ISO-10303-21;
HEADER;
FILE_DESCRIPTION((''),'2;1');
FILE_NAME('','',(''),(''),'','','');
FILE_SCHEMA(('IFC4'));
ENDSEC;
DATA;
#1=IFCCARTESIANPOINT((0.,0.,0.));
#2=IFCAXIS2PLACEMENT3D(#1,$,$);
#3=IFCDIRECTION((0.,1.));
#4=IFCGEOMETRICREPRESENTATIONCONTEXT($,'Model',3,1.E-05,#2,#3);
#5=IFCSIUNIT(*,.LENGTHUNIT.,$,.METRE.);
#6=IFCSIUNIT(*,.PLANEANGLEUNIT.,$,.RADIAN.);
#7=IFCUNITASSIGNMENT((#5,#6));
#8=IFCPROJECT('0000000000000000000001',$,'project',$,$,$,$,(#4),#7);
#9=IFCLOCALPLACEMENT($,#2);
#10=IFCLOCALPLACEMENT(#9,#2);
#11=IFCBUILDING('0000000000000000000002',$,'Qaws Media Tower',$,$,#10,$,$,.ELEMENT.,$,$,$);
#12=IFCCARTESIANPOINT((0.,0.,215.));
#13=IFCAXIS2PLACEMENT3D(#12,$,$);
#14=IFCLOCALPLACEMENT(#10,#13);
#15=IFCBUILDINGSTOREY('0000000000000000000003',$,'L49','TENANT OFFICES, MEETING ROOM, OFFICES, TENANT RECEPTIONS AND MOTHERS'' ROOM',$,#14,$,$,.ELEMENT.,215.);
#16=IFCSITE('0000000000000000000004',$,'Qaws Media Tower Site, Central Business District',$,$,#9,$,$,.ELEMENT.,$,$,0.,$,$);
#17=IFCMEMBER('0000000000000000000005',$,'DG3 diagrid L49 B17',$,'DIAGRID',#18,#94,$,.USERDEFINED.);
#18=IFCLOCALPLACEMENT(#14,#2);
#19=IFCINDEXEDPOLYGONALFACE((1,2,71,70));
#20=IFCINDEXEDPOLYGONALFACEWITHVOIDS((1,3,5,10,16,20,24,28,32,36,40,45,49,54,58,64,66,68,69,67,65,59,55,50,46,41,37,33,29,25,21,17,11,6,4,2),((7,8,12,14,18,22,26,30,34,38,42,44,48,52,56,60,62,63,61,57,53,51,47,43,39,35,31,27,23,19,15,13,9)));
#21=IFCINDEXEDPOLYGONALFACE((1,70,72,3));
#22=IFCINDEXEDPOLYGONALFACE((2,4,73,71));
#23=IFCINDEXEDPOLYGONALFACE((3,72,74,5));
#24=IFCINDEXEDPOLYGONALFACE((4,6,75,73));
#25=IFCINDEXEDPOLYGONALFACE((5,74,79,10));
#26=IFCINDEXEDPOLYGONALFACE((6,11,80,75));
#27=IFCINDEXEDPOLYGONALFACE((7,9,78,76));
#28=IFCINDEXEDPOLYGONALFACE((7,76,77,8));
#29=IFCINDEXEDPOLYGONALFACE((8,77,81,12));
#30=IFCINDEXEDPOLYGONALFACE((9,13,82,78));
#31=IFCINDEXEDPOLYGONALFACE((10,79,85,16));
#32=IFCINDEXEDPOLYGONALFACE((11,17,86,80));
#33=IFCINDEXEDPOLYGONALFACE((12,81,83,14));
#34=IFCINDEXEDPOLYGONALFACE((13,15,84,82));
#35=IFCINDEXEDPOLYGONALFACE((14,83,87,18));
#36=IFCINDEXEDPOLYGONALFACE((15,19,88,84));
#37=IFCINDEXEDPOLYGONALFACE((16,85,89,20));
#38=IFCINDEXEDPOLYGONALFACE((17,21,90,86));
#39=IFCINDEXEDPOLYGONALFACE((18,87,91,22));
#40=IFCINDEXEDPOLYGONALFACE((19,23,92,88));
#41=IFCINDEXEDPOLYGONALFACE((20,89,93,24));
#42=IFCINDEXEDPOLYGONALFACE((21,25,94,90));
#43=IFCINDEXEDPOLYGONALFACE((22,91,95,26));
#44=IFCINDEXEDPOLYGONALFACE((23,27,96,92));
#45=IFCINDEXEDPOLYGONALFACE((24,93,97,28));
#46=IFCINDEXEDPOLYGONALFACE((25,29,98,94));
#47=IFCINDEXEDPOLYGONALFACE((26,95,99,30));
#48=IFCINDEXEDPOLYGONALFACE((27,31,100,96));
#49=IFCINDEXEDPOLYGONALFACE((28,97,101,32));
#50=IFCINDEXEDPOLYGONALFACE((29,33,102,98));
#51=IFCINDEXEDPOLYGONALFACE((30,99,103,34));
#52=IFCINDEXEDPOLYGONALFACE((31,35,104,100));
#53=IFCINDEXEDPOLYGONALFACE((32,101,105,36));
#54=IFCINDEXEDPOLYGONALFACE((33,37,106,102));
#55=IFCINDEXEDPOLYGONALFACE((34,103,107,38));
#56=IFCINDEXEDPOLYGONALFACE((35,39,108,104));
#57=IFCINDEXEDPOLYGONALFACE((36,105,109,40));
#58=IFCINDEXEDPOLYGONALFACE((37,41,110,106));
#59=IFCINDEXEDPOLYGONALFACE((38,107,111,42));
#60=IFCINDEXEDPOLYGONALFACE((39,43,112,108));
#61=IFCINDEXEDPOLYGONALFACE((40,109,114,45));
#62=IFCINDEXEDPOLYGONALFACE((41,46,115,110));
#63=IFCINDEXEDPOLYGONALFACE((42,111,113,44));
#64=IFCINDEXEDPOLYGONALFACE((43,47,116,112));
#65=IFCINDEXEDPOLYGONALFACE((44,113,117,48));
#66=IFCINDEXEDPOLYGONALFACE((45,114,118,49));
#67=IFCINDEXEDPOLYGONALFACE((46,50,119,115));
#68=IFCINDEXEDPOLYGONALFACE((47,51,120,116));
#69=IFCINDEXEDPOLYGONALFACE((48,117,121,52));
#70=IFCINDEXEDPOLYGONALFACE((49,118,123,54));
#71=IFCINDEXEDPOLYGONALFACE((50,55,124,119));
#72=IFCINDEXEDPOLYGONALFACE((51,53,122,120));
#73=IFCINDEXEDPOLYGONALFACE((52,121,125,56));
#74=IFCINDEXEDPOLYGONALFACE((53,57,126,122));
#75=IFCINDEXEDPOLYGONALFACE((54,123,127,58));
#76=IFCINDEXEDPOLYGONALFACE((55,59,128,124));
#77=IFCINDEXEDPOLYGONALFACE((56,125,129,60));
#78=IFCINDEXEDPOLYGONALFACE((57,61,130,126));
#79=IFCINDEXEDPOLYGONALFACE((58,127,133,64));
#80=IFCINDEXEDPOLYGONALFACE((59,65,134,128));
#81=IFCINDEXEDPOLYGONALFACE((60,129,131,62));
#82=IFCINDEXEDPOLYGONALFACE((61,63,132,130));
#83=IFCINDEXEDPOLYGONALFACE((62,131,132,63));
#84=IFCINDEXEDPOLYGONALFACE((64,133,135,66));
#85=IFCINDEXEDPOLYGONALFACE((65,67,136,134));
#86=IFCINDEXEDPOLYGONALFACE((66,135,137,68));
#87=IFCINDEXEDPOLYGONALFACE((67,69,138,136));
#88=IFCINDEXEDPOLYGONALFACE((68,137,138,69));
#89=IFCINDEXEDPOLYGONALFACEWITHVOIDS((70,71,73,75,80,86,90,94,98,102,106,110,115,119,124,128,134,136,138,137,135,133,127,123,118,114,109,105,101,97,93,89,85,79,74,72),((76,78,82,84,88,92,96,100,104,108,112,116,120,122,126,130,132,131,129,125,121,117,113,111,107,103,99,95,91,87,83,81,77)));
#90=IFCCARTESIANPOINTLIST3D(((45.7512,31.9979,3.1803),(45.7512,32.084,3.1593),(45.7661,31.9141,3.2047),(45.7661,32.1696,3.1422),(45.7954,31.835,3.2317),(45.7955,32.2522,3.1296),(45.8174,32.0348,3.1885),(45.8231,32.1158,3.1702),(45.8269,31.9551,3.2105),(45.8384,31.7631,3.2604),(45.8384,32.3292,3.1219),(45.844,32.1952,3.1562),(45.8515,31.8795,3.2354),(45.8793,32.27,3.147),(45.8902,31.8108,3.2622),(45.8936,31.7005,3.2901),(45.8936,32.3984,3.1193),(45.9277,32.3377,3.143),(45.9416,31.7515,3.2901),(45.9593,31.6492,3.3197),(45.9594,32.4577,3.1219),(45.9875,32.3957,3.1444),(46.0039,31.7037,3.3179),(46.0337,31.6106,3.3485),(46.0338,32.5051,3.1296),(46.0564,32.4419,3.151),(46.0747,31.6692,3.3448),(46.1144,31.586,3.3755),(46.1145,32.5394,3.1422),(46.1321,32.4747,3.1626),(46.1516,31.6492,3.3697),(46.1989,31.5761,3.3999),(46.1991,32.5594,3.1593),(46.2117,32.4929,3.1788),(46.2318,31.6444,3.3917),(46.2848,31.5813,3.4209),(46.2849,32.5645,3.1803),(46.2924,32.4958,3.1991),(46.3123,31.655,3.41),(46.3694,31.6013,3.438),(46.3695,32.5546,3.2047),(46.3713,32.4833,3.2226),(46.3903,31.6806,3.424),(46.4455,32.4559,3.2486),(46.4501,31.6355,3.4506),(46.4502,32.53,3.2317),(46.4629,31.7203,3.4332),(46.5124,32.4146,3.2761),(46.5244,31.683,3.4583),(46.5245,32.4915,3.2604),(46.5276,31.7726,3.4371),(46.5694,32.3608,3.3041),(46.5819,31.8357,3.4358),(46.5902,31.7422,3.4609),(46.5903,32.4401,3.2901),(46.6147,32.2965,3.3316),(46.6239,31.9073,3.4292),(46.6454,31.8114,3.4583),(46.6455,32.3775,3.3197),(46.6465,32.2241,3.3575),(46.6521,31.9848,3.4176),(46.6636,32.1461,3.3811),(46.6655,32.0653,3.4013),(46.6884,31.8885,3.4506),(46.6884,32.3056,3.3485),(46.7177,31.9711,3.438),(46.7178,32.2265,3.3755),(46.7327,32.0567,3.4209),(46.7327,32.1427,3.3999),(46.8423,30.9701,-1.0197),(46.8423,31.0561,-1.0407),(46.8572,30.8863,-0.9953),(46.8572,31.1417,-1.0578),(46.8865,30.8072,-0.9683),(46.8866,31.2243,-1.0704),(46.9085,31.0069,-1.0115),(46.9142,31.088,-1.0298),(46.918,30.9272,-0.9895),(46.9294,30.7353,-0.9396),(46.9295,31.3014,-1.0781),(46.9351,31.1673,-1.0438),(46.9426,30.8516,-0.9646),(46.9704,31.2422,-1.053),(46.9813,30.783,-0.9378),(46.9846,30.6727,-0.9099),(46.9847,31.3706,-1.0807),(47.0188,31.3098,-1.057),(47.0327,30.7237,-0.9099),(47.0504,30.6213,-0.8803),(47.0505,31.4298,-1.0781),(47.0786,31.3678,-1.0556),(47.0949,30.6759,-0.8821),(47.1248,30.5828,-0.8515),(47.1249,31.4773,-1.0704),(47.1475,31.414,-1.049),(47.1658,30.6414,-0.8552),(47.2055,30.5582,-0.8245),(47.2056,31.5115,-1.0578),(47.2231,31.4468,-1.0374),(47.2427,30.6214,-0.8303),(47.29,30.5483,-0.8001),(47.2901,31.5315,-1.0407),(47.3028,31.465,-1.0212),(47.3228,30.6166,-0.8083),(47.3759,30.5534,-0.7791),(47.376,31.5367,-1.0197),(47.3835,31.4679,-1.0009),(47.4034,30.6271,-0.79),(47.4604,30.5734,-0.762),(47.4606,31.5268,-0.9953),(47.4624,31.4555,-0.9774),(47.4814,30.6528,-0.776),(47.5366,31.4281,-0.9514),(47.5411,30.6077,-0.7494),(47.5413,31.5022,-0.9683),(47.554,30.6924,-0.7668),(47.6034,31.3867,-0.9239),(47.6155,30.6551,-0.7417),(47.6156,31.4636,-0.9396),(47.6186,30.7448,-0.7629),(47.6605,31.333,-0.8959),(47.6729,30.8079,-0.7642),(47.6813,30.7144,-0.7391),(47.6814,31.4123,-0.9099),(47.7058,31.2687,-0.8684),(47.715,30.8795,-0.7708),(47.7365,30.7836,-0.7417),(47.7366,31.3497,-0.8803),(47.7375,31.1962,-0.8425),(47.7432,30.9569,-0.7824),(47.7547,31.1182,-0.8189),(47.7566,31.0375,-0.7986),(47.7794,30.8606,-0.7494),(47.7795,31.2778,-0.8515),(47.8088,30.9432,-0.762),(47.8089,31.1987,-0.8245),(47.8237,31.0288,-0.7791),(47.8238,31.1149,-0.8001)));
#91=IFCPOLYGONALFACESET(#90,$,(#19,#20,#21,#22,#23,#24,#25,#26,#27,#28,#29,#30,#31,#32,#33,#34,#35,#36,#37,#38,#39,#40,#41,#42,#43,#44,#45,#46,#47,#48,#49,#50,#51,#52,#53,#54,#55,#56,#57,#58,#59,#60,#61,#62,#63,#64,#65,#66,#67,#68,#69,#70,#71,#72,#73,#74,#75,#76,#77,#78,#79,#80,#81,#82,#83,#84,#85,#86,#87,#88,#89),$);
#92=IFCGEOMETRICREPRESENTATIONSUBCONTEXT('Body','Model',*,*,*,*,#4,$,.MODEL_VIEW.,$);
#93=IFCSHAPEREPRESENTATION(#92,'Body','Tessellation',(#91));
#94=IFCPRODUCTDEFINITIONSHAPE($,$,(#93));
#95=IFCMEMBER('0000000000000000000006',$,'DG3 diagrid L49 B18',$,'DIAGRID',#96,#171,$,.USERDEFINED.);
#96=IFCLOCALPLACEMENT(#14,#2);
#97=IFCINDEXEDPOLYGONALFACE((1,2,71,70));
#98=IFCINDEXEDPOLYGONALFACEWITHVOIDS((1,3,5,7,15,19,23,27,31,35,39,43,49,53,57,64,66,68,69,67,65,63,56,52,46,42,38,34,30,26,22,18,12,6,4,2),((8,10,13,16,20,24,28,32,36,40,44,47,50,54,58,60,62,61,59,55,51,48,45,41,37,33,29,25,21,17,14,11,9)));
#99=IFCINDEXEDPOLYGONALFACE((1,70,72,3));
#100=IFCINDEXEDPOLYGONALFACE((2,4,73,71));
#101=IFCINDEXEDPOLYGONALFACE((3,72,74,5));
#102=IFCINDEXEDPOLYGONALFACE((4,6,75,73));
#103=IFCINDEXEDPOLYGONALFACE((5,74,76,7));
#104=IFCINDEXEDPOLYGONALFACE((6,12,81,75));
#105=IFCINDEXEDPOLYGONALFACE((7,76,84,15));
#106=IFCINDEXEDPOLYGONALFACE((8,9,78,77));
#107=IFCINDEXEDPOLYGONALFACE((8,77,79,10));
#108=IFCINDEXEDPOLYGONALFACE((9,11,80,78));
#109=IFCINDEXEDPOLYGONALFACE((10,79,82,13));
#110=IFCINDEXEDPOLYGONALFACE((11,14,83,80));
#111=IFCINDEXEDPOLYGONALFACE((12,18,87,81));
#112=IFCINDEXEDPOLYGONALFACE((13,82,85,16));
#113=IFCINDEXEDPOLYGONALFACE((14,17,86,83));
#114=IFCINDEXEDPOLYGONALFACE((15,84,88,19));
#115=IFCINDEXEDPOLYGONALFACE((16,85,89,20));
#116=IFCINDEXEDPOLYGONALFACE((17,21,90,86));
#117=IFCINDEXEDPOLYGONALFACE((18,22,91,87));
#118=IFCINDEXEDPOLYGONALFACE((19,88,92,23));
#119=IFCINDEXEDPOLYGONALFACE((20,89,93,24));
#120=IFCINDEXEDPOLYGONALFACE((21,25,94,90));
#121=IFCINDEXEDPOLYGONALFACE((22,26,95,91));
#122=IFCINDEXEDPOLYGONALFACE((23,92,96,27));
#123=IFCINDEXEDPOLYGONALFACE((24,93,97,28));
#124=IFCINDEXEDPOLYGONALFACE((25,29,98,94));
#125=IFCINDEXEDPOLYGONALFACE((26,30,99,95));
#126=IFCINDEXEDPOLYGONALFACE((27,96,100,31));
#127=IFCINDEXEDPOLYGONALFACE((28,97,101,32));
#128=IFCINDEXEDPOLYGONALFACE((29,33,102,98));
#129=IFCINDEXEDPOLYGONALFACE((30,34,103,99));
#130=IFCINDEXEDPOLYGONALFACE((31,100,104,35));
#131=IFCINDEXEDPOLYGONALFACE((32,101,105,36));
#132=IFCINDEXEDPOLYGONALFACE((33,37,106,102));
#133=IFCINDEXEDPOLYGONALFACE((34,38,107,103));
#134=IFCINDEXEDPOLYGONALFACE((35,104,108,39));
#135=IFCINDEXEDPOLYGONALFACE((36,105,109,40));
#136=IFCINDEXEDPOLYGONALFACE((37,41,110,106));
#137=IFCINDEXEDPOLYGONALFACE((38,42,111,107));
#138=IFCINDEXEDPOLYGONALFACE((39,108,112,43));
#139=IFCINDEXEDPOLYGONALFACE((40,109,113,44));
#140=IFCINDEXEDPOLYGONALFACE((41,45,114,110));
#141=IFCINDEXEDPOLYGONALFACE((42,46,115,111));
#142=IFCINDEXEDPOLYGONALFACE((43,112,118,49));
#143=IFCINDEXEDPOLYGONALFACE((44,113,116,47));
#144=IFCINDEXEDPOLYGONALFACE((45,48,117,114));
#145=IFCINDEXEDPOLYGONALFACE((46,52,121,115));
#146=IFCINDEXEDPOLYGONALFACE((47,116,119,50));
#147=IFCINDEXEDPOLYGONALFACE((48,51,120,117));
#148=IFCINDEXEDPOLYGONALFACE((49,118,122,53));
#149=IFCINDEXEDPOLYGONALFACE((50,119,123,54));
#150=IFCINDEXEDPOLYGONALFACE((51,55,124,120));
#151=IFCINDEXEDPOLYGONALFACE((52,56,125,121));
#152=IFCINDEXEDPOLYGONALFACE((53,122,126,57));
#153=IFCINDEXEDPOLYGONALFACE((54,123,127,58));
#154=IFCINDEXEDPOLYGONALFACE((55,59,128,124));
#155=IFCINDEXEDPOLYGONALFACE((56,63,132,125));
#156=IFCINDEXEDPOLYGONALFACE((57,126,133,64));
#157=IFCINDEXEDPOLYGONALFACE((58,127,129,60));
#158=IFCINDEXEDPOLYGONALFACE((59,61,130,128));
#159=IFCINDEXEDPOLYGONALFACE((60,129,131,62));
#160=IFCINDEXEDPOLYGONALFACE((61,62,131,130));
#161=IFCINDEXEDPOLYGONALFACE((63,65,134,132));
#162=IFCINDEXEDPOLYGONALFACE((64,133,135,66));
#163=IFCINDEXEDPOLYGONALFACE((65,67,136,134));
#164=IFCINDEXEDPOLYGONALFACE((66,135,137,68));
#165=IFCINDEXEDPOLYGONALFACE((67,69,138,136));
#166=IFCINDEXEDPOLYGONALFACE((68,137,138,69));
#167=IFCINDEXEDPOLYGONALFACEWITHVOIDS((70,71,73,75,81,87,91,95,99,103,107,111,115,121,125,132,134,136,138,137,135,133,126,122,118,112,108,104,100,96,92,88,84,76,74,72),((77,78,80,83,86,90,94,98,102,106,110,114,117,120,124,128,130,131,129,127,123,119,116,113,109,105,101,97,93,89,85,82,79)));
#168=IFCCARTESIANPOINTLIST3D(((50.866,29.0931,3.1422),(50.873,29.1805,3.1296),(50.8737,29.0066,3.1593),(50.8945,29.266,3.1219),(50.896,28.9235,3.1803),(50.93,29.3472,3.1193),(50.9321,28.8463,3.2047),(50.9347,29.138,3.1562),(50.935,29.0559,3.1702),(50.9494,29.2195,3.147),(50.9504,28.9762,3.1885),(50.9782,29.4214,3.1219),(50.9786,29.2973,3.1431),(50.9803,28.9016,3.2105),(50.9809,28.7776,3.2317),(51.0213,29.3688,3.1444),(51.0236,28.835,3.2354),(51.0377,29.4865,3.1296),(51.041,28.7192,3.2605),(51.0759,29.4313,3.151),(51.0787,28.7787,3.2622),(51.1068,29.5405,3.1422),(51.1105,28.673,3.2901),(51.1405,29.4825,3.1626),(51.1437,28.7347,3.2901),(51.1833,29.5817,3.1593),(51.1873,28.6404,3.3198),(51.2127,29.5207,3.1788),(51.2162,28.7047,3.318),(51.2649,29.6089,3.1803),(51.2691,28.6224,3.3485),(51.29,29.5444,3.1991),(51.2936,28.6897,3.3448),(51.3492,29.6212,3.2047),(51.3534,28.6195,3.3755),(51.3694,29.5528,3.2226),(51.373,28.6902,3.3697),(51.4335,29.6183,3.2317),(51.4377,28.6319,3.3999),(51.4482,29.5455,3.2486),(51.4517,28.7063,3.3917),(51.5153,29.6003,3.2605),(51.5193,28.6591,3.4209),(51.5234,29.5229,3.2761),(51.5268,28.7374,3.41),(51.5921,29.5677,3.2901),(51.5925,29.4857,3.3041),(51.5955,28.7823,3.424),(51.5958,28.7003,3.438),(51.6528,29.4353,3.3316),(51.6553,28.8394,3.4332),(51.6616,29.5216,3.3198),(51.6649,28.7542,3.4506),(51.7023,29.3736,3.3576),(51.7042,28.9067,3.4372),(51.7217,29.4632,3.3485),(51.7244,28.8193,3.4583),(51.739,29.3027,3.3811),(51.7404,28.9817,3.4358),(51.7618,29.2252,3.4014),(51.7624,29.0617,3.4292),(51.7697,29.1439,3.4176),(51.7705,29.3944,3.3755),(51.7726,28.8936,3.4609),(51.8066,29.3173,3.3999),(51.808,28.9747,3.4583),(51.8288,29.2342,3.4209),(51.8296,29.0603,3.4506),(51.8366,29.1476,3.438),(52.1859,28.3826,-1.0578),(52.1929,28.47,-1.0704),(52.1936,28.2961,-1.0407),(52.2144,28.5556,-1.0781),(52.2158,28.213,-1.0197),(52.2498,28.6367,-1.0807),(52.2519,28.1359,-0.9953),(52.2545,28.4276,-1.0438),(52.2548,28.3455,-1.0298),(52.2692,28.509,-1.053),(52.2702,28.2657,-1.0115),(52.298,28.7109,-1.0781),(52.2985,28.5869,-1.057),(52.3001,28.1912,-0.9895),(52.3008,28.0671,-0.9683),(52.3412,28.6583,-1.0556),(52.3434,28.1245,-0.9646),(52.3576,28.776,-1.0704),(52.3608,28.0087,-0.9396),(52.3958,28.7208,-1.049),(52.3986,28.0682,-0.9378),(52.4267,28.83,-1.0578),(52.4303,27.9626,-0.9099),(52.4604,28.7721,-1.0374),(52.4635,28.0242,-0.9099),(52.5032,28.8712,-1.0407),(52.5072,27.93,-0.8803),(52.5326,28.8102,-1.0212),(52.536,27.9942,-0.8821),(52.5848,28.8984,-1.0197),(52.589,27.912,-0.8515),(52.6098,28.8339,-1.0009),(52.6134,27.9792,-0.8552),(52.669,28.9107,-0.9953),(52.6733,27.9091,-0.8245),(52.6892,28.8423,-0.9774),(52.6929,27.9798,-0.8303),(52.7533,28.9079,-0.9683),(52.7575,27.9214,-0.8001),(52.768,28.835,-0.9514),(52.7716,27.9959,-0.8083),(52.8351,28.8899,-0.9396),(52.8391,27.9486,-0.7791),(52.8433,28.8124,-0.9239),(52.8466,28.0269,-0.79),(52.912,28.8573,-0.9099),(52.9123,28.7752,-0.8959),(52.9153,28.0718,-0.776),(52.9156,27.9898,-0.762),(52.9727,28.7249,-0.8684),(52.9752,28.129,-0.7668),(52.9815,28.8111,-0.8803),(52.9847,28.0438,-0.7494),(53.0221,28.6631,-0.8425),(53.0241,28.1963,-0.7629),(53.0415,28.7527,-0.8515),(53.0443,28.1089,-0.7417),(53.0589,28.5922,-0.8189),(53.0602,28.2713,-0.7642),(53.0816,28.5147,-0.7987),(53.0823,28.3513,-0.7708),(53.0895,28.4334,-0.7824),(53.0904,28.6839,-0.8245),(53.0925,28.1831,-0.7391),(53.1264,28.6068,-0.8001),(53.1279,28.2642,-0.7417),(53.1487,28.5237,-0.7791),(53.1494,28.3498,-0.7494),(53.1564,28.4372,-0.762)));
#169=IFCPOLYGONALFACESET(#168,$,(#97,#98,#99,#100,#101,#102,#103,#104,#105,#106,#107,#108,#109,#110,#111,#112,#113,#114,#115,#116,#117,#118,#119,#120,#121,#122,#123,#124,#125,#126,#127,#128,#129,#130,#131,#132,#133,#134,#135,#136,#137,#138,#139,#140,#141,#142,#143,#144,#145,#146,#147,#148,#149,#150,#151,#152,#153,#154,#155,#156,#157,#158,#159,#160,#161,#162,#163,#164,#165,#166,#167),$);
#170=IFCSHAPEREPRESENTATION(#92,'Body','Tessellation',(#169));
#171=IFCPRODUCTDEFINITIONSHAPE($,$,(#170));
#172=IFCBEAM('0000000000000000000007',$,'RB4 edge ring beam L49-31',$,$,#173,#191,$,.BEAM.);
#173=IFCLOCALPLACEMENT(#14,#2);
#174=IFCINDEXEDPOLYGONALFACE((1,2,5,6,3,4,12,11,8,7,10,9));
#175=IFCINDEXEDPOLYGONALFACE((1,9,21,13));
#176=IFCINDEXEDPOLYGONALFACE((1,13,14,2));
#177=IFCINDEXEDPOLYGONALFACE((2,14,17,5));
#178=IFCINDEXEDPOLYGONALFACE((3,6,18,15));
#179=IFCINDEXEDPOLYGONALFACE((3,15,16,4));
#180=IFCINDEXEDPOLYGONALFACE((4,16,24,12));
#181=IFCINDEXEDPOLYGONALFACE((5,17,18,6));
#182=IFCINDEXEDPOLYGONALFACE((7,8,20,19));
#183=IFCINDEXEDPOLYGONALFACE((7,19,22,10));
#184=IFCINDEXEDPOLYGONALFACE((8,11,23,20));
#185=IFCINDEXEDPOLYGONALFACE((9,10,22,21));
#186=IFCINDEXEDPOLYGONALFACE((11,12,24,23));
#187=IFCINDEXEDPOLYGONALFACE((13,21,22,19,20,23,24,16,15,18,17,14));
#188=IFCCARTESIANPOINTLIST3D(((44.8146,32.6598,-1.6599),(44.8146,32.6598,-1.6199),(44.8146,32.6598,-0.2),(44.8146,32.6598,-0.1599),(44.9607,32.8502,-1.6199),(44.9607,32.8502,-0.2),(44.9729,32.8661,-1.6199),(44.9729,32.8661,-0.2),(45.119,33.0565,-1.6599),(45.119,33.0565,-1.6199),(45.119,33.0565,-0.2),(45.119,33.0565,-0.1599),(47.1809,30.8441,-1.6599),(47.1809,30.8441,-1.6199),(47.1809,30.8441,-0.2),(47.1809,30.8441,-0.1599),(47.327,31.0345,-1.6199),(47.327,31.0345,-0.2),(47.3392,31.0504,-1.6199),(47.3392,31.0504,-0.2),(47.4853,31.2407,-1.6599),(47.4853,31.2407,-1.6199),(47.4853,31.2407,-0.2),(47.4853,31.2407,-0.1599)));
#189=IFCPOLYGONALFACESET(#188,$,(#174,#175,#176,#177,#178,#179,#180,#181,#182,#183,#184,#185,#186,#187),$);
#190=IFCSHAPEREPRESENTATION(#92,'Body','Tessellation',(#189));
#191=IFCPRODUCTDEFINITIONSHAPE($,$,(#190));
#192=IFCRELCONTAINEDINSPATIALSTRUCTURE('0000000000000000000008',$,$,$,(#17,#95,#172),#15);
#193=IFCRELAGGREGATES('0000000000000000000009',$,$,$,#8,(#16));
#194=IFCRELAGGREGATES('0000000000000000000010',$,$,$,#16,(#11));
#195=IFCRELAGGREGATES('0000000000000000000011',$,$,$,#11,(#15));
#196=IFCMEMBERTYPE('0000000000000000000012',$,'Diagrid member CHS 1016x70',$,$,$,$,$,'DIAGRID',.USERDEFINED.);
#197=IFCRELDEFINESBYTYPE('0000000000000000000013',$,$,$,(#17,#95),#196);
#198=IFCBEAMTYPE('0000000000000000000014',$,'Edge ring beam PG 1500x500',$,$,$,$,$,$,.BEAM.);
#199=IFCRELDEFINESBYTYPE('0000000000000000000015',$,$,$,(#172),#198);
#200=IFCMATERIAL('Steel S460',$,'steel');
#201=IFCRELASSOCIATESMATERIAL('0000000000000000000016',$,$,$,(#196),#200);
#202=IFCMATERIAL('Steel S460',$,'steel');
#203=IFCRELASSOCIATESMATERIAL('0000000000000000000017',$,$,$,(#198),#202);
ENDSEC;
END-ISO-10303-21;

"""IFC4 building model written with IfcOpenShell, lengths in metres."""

from ifc_helpers import new_model, si_unit, direction, frame, origin, origin_2d, place, context, subcontext, project, spatial, hollow_circle, i_section, extrude, material, material_profile, profile_set, type_object, element, save


model = new_model("IFC4")

# Units and contexts
model_context = context("Model", 3, precision=1e-05, world=origin(), true_north=direction((0.0, 1.0)))
body_context = subcontext(model_context, "Body", "Model", "MODEL_VIEW")
ifc_project = project(units=[si_unit("LENGTHUNIT", "METRE"), si_unit("PLANEANGLEUNIT", "RADIAN")], contexts=[model_context])

# Site, building, storey
site_placement = place(None, origin())
site = spatial("IfcSite", under=ifc_project, at=site_placement, Name="Qaws Media Tower Site, Central Business District", CompositionType="ELEMENT", RefElevation=0.0)
building_placement = place(site_placement, origin())
building = spatial("IfcBuilding", under=site, at=building_placement, Name="Qaws Media Tower", CompositionType="ELEMENT")
storey_placement = place(building_placement, frame((0.0, 0.0, 215.0)))
storey = spatial("IfcBuildingStorey", under=building, at=storey_placement, Name="L49", Description="TENANT OFFICES, MEETING ROOM, OFFICES, TENANT RECEPTIONS AND MOTHERS' ROOM", CompositionType="ELEMENT", Elevation=215.0)

# Members
ifc_material_1 = material(Name="Steel S460", Category="steel")
ifc_material_profile_1 = material_profile(ifc_material_1, hollow_circle(Radius=0.5081, WallThickness=0.0701, at=origin_2d()), Name="CHS 1016x70")
ifc_profile_set_1 = profile_set([ifc_material_profile_1], Name="Steel S460")
member_type_1 = type_object("IfcMemberType", Name="Diagrid member CHS 1016x70", ElementType="DIAGRID", PredefinedType="USERDEFINED", material=ifc_profile_set_1)
for number, where, z_axis, x_axis, name in (
    (1, (47.333, 31.0425, -0.9099), (-0.244665, 0.230485, 0.941815), (-0.6857, -0.727884, 0.0), "DG3 diagrid L49 B17"),
    (2, (52.6711, 28.4099, -0.9099), (-0.295964, 0.159315, 0.941819), (-0.473983, -0.880534, 0.0), "DG3 diagrid L49 B18"),
):
    element("IfcMember", number, at=place(storey_placement, frame(where, z_axis=z_axis, x_axis=x_axis)), inside=storey, type_object=member_type_1, Name=name, ObjectType="DIAGRID", PredefinedType="USERDEFINED", context=body_context, shape_type="SweptSolid", body=[
        extrude(hollow_circle(Radius=0.5081, WallThickness=0.0701, at=origin_2d()), origin(), (0.0, 0.0, 1.0), 4.4595),
    ])

# Beam
ifc_material_2 = material(Name="Steel S460", Category="steel")
ifc_material_profile_2 = material_profile(ifc_material_2, i_section(OverallWidth=0.5, OverallDepth=1.5, WebThickness=0.02, FlangeThickness=0.04, at=origin_2d()), Name="PG 1500x500")
ifc_profile_set_2 = profile_set([ifc_material_profile_2], Name="Steel S460")
beam_type = type_object("IfcBeamType", Name="Edge ring beam PG 1500x500", PredefinedType="BEAM", material=ifc_profile_set_2)
beam_placement = place(storey_placement, frame((44.9668, 32.8582, -0.9099), z_axis=(0.793351, -0.608765, 0.0), x_axis=(0.608765, 0.793351, 0.0)))
element("IfcBeam", 3, at=beam_placement, inside=storey, type_object=beam_type, Name="RB4 edge ring beam L49-31", PredefinedType="BEAM", context=body_context, shape_type="SweptSolid", body=[
    extrude(i_section(OverallWidth=0.5, OverallDepth=1.5, WebThickness=0.02, FlangeThickness=0.04, at=origin_2d()), origin(), (0.0, 0.0, 1.0), 2.9827),
])

save(model, "model.ifc")
